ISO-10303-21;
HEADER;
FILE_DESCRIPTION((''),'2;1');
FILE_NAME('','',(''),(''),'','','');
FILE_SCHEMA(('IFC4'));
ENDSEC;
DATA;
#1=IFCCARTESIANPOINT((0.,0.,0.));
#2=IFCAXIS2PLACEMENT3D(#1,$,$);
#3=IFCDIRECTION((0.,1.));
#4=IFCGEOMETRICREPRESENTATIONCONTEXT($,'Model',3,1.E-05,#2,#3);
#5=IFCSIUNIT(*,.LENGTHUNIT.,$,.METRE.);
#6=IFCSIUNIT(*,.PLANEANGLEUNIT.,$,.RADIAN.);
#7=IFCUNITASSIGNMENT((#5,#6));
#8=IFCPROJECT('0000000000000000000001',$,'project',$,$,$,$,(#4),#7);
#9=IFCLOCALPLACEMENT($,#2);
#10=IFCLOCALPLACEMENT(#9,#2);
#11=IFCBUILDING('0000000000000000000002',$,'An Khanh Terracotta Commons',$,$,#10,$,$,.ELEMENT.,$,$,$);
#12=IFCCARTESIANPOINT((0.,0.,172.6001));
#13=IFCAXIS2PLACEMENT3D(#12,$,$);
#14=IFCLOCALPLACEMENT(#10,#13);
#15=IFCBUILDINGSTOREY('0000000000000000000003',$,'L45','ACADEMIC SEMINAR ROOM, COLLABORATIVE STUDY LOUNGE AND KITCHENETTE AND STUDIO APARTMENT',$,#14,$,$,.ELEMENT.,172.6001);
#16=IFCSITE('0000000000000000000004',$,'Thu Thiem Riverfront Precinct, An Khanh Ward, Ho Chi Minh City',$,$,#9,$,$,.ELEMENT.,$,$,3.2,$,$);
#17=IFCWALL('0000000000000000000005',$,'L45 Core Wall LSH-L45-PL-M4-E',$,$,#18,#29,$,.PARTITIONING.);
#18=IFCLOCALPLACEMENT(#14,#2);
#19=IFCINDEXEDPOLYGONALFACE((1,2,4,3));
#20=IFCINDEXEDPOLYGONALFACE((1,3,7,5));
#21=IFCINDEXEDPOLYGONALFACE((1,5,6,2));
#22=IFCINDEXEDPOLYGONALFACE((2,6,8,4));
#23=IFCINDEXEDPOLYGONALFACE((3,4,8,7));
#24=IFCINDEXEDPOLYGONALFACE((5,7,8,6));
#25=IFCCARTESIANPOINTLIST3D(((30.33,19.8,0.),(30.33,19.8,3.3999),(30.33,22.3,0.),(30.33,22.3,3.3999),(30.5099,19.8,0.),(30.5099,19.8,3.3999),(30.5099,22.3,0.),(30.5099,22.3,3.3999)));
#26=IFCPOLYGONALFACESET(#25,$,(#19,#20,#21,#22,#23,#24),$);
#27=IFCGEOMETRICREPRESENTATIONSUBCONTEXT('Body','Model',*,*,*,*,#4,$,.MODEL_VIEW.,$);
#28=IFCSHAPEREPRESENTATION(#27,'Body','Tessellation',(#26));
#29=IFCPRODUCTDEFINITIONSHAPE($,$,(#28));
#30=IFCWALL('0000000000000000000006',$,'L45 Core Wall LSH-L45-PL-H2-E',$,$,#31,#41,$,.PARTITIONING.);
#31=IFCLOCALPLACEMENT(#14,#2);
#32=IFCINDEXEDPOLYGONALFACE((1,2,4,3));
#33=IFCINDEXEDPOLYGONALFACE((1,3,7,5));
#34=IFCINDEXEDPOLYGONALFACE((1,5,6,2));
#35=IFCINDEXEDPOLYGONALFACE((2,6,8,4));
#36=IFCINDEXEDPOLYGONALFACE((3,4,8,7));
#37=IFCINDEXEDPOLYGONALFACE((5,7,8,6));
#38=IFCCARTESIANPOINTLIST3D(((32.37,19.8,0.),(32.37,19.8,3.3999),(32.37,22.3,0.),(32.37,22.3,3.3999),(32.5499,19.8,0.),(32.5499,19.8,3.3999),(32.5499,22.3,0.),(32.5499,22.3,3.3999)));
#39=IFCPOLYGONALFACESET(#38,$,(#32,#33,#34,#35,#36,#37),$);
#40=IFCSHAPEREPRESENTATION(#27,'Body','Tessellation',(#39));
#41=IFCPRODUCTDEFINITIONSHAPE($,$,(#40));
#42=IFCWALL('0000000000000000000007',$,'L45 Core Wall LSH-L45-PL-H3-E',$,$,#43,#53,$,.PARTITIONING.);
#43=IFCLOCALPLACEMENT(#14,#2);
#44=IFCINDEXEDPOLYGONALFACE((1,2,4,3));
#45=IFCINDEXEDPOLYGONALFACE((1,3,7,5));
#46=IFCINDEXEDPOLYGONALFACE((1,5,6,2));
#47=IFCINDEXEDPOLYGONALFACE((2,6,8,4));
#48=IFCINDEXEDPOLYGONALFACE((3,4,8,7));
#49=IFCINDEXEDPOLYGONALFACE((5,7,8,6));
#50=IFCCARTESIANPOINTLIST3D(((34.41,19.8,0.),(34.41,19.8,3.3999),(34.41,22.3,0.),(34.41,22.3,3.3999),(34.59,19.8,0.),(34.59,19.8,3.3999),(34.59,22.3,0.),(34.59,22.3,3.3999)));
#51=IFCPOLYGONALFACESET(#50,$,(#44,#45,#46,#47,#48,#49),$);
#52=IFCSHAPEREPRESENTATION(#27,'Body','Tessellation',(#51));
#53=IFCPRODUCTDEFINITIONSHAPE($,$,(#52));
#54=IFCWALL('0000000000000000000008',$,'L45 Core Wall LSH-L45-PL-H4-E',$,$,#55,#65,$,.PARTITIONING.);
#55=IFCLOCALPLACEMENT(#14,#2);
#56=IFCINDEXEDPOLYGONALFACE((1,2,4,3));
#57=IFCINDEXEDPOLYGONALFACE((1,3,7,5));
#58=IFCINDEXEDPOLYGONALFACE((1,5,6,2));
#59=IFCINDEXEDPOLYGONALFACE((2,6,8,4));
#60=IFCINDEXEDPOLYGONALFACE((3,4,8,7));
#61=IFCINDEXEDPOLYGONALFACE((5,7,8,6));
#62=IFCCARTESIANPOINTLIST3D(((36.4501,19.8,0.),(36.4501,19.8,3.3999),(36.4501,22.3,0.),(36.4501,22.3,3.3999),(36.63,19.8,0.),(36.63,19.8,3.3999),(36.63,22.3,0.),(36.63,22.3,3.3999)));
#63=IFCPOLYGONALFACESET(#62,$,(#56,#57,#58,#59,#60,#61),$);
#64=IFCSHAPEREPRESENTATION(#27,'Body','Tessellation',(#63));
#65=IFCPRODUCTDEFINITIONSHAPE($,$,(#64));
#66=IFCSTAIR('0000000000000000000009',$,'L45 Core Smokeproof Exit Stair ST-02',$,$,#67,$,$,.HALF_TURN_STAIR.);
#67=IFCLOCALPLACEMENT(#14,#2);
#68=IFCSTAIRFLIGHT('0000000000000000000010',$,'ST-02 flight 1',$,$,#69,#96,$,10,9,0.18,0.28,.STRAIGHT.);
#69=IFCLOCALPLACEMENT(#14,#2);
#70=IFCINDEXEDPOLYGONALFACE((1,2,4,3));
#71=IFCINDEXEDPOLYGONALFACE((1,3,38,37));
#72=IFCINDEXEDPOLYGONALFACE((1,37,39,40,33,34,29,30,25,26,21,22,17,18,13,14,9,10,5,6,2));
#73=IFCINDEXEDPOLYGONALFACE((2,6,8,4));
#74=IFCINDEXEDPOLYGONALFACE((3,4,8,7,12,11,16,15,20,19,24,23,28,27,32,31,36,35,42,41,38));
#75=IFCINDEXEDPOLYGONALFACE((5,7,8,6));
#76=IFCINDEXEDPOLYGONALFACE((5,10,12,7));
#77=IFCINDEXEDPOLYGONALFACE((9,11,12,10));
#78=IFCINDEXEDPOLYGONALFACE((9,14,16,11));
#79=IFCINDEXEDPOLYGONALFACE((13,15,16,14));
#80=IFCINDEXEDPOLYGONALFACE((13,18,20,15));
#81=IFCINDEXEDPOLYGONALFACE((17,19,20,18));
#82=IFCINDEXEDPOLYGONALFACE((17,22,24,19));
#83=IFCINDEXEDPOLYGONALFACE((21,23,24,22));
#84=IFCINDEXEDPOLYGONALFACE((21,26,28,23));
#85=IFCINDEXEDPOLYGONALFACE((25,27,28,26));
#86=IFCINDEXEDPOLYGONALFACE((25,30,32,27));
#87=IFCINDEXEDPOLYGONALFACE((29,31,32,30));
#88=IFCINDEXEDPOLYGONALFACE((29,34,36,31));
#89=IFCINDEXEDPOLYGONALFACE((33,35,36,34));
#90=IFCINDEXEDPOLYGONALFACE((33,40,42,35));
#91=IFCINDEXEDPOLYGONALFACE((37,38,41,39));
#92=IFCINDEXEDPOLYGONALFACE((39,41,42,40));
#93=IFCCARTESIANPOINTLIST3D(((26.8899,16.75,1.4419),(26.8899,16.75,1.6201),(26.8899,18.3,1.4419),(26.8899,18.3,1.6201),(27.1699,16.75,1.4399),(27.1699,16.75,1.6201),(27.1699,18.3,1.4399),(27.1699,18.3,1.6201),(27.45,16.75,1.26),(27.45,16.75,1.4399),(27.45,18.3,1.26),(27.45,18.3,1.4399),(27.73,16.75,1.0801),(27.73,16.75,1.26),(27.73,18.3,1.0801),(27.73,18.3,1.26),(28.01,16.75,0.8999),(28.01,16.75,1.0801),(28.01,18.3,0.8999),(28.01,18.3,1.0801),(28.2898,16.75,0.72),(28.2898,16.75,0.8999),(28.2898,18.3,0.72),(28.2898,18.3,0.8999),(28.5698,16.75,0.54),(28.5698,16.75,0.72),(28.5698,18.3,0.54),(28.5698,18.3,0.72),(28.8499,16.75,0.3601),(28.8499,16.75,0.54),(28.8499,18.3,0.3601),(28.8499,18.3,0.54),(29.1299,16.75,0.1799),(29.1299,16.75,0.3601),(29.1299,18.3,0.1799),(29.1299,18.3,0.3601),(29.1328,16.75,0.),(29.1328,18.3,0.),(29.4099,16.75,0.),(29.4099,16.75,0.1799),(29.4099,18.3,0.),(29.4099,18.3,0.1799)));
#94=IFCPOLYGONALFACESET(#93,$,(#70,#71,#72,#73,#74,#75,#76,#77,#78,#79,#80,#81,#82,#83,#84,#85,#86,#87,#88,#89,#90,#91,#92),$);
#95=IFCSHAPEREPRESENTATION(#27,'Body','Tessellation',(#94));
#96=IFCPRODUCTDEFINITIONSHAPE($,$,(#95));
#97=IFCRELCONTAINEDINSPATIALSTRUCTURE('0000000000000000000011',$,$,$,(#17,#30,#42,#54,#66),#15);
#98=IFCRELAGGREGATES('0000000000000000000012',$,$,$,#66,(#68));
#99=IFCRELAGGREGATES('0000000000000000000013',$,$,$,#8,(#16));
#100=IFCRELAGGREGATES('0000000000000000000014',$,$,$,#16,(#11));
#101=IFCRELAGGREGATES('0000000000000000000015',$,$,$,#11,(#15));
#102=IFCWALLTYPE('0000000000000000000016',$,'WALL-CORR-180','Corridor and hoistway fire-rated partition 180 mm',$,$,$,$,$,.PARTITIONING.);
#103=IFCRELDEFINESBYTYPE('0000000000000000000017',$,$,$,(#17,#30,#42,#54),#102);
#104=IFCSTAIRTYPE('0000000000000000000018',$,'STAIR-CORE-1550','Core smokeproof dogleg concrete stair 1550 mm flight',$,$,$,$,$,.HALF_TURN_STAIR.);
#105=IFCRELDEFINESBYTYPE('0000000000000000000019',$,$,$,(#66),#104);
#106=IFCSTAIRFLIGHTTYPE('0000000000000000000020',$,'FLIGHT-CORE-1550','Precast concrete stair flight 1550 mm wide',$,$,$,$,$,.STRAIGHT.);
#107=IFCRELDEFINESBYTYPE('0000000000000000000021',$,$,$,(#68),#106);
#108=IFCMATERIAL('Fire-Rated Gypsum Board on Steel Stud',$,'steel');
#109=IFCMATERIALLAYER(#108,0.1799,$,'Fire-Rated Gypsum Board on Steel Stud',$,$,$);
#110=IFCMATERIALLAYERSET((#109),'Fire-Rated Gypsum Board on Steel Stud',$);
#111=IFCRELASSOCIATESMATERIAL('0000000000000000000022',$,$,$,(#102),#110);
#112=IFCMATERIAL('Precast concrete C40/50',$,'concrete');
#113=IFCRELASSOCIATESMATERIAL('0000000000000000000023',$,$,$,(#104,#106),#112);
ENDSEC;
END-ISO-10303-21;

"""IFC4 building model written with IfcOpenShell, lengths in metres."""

from ifc_helpers import new_model, si_unit, direction, frame, frame_2d, origin, place, context, subcontext, project, spatial, polyline, rectangle, outline, extrude, material, layer, layer_set, type_object, element, aggregate, save


model = new_model("IFC4")

# Units and contexts
model_context = context("Model", 3, precision=1e-05, world=origin(), true_north=direction((0.0, 1.0)))
body_context = subcontext(model_context, "Body", "Model", "MODEL_VIEW")
ifc_project = project(units=[si_unit("LENGTHUNIT", "METRE"), si_unit("PLANEANGLEUNIT", "RADIAN")], contexts=[model_context])

# Site, building, storey
site_placement = place(None, origin())
site = spatial("IfcSite", under=ifc_project, at=site_placement, Name="Thu Thiem Riverfront Precinct, An Khanh Ward, Ho Chi Minh City", CompositionType="ELEMENT", RefElevation=3.2)
building_placement = place(site_placement, origin())
building = spatial("IfcBuilding", under=site, at=building_placement, Name="An Khanh Terracotta Commons", CompositionType="ELEMENT")
storey_placement = place(building_placement, frame((0.0, 0.0, 172.6001)))
storey = spatial("IfcBuildingStorey", under=building, at=storey_placement, Name="L45", Description="ACADEMIC SEMINAR ROOM, COLLABORATIVE STUDY LOUNGE AND KITCHENETTE AND STUDIO APARTMENT", CompositionType="ELEMENT", Elevation=172.6001)

# Shared definitions
ifc_material_1 = material(Name="Fire-Rated Gypsum Board on Steel Stud", Category="steel")
ifc_layer_1 = layer(ifc_material_1, 0.1799, Name="Fire-Rated Gypsum Board on Steel Stud")
ifc_layer_set_1 = layer_set([ifc_layer_1], Name="Fire-Rated Gypsum Board on Steel Stud")
wall_type_1 = type_object("IfcWallType", Name="WALL-CORR-180", Description="Corridor and hoistway fire-rated partition 180 mm", PredefinedType="PARTITIONING", material=ifc_layer_set_1)

# Walls
for number, where, z_axis, x_axis, name in (
    (1, (30.4199, 19.8, 0.0), (0.0, 0.0, 1.0), (0.0, 1.0, 0.0), "L45 Core Wall LSH-L45-PL-M4-E"),
    (2, (32.46, 19.8, 0.0), (0.0, 0.0, 1.0), (0.0, 1.0, 0.0), "L45 Core Wall LSH-L45-PL-H2-E"),
    (3, (34.5, 19.8, 0.0), (0.0, 0.0, 1.0), (0.0, 1.0, 0.0), "L45 Core Wall LSH-L45-PL-H3-E"),
    (4, (36.54, 19.8, 0.0), (0.0, 0.0, 1.0), (0.0, 1.0, 0.0), "L45 Core Wall LSH-L45-PL-H4-E"),
):
    element("IfcWall", number, at=place(storey_placement, frame(where, z_axis=z_axis, x_axis=x_axis)), inside=storey, type_object=wall_type_1, Name=name, PredefinedType="PARTITIONING", context=body_context, shape_type="SweptSolid", body=[
        extrude(rectangle(XDim=2.5, YDim=0.1799, at=frame_2d((1.25, 0.0))), origin(), (0.0, 0.0, 1.0), 3.3999),
    ])

# Stair, stair flight
ifc_material_2 = material(Name="Precast concrete C40/50", Category="concrete")
stair_type = type_object("IfcStairType", Name="STAIR-CORE-1550", Description="Core smokeproof dogleg concrete stair 1550 mm flight", PredefinedType="HALF_TURN_STAIR", material=ifc_material_2)
stair_placement = place(storey_placement, origin())
stair = element("IfcStair", 5, at=stair_placement, inside=storey, type_object=stair_type, Name="L45 Core Smokeproof Exit Stair ST-02", PredefinedType="HALF_TURN_STAIR")
stair_flight_type = type_object("IfcStairFlightType", Name="FLIGHT-CORE-1550", Description="Precast concrete stair flight 1550 mm wide", PredefinedType="STRAIGHT", material=ifc_material_2)
stair_flight_placement = place(storey_placement, frame((29.4099, 17.5249, 0.0), z_axis=(0.0, 0.0, 1.0), x_axis=(-1.0, 0.0, 0.0)))
stair_flight = element("IfcStairFlight", 6, at=stair_flight_placement, type_object=stair_flight_type, Name="ST-02 flight 1", NumberOfRisers=10, NumberOfTreads=9, PredefinedType="STRAIGHT", RiserHeight=0.18, TreadLength=0.28, context=body_context, shape_type="SweptSolid", body=[
    extrude(outline(polyline([(0.0, 0.0), (0.0, 0.1799), (0.28, 0.1799), (0.28, 0.3601), (0.5601, 0.3601), (0.5601, 0.54), (0.8401, 0.54), (0.8401, 0.72), (1.1201, 0.72), (1.1201, 0.8999), (1.3999, 0.8999), (1.3999, 1.0801), (1.6799, 1.0801), (1.6799, 1.26), (1.96, 1.26), (1.96, 1.4399), (2.24, 1.4399), (2.24, 1.6201), (2.52, 1.6201), (2.52, 1.8), (2.52, 1.4419), (0.2771, 0.0), (0.0, 0.0)])), frame((0.0, 0.7749, 0.0), z_axis=(0.0, -1.0, 0.0), x_axis=(1.0, 0.0, 0.0)), (0.0, 0.0, 1.0), 1.55),
])
aggregate(stair, [stair_flight])

save(model, "model.ifc")
